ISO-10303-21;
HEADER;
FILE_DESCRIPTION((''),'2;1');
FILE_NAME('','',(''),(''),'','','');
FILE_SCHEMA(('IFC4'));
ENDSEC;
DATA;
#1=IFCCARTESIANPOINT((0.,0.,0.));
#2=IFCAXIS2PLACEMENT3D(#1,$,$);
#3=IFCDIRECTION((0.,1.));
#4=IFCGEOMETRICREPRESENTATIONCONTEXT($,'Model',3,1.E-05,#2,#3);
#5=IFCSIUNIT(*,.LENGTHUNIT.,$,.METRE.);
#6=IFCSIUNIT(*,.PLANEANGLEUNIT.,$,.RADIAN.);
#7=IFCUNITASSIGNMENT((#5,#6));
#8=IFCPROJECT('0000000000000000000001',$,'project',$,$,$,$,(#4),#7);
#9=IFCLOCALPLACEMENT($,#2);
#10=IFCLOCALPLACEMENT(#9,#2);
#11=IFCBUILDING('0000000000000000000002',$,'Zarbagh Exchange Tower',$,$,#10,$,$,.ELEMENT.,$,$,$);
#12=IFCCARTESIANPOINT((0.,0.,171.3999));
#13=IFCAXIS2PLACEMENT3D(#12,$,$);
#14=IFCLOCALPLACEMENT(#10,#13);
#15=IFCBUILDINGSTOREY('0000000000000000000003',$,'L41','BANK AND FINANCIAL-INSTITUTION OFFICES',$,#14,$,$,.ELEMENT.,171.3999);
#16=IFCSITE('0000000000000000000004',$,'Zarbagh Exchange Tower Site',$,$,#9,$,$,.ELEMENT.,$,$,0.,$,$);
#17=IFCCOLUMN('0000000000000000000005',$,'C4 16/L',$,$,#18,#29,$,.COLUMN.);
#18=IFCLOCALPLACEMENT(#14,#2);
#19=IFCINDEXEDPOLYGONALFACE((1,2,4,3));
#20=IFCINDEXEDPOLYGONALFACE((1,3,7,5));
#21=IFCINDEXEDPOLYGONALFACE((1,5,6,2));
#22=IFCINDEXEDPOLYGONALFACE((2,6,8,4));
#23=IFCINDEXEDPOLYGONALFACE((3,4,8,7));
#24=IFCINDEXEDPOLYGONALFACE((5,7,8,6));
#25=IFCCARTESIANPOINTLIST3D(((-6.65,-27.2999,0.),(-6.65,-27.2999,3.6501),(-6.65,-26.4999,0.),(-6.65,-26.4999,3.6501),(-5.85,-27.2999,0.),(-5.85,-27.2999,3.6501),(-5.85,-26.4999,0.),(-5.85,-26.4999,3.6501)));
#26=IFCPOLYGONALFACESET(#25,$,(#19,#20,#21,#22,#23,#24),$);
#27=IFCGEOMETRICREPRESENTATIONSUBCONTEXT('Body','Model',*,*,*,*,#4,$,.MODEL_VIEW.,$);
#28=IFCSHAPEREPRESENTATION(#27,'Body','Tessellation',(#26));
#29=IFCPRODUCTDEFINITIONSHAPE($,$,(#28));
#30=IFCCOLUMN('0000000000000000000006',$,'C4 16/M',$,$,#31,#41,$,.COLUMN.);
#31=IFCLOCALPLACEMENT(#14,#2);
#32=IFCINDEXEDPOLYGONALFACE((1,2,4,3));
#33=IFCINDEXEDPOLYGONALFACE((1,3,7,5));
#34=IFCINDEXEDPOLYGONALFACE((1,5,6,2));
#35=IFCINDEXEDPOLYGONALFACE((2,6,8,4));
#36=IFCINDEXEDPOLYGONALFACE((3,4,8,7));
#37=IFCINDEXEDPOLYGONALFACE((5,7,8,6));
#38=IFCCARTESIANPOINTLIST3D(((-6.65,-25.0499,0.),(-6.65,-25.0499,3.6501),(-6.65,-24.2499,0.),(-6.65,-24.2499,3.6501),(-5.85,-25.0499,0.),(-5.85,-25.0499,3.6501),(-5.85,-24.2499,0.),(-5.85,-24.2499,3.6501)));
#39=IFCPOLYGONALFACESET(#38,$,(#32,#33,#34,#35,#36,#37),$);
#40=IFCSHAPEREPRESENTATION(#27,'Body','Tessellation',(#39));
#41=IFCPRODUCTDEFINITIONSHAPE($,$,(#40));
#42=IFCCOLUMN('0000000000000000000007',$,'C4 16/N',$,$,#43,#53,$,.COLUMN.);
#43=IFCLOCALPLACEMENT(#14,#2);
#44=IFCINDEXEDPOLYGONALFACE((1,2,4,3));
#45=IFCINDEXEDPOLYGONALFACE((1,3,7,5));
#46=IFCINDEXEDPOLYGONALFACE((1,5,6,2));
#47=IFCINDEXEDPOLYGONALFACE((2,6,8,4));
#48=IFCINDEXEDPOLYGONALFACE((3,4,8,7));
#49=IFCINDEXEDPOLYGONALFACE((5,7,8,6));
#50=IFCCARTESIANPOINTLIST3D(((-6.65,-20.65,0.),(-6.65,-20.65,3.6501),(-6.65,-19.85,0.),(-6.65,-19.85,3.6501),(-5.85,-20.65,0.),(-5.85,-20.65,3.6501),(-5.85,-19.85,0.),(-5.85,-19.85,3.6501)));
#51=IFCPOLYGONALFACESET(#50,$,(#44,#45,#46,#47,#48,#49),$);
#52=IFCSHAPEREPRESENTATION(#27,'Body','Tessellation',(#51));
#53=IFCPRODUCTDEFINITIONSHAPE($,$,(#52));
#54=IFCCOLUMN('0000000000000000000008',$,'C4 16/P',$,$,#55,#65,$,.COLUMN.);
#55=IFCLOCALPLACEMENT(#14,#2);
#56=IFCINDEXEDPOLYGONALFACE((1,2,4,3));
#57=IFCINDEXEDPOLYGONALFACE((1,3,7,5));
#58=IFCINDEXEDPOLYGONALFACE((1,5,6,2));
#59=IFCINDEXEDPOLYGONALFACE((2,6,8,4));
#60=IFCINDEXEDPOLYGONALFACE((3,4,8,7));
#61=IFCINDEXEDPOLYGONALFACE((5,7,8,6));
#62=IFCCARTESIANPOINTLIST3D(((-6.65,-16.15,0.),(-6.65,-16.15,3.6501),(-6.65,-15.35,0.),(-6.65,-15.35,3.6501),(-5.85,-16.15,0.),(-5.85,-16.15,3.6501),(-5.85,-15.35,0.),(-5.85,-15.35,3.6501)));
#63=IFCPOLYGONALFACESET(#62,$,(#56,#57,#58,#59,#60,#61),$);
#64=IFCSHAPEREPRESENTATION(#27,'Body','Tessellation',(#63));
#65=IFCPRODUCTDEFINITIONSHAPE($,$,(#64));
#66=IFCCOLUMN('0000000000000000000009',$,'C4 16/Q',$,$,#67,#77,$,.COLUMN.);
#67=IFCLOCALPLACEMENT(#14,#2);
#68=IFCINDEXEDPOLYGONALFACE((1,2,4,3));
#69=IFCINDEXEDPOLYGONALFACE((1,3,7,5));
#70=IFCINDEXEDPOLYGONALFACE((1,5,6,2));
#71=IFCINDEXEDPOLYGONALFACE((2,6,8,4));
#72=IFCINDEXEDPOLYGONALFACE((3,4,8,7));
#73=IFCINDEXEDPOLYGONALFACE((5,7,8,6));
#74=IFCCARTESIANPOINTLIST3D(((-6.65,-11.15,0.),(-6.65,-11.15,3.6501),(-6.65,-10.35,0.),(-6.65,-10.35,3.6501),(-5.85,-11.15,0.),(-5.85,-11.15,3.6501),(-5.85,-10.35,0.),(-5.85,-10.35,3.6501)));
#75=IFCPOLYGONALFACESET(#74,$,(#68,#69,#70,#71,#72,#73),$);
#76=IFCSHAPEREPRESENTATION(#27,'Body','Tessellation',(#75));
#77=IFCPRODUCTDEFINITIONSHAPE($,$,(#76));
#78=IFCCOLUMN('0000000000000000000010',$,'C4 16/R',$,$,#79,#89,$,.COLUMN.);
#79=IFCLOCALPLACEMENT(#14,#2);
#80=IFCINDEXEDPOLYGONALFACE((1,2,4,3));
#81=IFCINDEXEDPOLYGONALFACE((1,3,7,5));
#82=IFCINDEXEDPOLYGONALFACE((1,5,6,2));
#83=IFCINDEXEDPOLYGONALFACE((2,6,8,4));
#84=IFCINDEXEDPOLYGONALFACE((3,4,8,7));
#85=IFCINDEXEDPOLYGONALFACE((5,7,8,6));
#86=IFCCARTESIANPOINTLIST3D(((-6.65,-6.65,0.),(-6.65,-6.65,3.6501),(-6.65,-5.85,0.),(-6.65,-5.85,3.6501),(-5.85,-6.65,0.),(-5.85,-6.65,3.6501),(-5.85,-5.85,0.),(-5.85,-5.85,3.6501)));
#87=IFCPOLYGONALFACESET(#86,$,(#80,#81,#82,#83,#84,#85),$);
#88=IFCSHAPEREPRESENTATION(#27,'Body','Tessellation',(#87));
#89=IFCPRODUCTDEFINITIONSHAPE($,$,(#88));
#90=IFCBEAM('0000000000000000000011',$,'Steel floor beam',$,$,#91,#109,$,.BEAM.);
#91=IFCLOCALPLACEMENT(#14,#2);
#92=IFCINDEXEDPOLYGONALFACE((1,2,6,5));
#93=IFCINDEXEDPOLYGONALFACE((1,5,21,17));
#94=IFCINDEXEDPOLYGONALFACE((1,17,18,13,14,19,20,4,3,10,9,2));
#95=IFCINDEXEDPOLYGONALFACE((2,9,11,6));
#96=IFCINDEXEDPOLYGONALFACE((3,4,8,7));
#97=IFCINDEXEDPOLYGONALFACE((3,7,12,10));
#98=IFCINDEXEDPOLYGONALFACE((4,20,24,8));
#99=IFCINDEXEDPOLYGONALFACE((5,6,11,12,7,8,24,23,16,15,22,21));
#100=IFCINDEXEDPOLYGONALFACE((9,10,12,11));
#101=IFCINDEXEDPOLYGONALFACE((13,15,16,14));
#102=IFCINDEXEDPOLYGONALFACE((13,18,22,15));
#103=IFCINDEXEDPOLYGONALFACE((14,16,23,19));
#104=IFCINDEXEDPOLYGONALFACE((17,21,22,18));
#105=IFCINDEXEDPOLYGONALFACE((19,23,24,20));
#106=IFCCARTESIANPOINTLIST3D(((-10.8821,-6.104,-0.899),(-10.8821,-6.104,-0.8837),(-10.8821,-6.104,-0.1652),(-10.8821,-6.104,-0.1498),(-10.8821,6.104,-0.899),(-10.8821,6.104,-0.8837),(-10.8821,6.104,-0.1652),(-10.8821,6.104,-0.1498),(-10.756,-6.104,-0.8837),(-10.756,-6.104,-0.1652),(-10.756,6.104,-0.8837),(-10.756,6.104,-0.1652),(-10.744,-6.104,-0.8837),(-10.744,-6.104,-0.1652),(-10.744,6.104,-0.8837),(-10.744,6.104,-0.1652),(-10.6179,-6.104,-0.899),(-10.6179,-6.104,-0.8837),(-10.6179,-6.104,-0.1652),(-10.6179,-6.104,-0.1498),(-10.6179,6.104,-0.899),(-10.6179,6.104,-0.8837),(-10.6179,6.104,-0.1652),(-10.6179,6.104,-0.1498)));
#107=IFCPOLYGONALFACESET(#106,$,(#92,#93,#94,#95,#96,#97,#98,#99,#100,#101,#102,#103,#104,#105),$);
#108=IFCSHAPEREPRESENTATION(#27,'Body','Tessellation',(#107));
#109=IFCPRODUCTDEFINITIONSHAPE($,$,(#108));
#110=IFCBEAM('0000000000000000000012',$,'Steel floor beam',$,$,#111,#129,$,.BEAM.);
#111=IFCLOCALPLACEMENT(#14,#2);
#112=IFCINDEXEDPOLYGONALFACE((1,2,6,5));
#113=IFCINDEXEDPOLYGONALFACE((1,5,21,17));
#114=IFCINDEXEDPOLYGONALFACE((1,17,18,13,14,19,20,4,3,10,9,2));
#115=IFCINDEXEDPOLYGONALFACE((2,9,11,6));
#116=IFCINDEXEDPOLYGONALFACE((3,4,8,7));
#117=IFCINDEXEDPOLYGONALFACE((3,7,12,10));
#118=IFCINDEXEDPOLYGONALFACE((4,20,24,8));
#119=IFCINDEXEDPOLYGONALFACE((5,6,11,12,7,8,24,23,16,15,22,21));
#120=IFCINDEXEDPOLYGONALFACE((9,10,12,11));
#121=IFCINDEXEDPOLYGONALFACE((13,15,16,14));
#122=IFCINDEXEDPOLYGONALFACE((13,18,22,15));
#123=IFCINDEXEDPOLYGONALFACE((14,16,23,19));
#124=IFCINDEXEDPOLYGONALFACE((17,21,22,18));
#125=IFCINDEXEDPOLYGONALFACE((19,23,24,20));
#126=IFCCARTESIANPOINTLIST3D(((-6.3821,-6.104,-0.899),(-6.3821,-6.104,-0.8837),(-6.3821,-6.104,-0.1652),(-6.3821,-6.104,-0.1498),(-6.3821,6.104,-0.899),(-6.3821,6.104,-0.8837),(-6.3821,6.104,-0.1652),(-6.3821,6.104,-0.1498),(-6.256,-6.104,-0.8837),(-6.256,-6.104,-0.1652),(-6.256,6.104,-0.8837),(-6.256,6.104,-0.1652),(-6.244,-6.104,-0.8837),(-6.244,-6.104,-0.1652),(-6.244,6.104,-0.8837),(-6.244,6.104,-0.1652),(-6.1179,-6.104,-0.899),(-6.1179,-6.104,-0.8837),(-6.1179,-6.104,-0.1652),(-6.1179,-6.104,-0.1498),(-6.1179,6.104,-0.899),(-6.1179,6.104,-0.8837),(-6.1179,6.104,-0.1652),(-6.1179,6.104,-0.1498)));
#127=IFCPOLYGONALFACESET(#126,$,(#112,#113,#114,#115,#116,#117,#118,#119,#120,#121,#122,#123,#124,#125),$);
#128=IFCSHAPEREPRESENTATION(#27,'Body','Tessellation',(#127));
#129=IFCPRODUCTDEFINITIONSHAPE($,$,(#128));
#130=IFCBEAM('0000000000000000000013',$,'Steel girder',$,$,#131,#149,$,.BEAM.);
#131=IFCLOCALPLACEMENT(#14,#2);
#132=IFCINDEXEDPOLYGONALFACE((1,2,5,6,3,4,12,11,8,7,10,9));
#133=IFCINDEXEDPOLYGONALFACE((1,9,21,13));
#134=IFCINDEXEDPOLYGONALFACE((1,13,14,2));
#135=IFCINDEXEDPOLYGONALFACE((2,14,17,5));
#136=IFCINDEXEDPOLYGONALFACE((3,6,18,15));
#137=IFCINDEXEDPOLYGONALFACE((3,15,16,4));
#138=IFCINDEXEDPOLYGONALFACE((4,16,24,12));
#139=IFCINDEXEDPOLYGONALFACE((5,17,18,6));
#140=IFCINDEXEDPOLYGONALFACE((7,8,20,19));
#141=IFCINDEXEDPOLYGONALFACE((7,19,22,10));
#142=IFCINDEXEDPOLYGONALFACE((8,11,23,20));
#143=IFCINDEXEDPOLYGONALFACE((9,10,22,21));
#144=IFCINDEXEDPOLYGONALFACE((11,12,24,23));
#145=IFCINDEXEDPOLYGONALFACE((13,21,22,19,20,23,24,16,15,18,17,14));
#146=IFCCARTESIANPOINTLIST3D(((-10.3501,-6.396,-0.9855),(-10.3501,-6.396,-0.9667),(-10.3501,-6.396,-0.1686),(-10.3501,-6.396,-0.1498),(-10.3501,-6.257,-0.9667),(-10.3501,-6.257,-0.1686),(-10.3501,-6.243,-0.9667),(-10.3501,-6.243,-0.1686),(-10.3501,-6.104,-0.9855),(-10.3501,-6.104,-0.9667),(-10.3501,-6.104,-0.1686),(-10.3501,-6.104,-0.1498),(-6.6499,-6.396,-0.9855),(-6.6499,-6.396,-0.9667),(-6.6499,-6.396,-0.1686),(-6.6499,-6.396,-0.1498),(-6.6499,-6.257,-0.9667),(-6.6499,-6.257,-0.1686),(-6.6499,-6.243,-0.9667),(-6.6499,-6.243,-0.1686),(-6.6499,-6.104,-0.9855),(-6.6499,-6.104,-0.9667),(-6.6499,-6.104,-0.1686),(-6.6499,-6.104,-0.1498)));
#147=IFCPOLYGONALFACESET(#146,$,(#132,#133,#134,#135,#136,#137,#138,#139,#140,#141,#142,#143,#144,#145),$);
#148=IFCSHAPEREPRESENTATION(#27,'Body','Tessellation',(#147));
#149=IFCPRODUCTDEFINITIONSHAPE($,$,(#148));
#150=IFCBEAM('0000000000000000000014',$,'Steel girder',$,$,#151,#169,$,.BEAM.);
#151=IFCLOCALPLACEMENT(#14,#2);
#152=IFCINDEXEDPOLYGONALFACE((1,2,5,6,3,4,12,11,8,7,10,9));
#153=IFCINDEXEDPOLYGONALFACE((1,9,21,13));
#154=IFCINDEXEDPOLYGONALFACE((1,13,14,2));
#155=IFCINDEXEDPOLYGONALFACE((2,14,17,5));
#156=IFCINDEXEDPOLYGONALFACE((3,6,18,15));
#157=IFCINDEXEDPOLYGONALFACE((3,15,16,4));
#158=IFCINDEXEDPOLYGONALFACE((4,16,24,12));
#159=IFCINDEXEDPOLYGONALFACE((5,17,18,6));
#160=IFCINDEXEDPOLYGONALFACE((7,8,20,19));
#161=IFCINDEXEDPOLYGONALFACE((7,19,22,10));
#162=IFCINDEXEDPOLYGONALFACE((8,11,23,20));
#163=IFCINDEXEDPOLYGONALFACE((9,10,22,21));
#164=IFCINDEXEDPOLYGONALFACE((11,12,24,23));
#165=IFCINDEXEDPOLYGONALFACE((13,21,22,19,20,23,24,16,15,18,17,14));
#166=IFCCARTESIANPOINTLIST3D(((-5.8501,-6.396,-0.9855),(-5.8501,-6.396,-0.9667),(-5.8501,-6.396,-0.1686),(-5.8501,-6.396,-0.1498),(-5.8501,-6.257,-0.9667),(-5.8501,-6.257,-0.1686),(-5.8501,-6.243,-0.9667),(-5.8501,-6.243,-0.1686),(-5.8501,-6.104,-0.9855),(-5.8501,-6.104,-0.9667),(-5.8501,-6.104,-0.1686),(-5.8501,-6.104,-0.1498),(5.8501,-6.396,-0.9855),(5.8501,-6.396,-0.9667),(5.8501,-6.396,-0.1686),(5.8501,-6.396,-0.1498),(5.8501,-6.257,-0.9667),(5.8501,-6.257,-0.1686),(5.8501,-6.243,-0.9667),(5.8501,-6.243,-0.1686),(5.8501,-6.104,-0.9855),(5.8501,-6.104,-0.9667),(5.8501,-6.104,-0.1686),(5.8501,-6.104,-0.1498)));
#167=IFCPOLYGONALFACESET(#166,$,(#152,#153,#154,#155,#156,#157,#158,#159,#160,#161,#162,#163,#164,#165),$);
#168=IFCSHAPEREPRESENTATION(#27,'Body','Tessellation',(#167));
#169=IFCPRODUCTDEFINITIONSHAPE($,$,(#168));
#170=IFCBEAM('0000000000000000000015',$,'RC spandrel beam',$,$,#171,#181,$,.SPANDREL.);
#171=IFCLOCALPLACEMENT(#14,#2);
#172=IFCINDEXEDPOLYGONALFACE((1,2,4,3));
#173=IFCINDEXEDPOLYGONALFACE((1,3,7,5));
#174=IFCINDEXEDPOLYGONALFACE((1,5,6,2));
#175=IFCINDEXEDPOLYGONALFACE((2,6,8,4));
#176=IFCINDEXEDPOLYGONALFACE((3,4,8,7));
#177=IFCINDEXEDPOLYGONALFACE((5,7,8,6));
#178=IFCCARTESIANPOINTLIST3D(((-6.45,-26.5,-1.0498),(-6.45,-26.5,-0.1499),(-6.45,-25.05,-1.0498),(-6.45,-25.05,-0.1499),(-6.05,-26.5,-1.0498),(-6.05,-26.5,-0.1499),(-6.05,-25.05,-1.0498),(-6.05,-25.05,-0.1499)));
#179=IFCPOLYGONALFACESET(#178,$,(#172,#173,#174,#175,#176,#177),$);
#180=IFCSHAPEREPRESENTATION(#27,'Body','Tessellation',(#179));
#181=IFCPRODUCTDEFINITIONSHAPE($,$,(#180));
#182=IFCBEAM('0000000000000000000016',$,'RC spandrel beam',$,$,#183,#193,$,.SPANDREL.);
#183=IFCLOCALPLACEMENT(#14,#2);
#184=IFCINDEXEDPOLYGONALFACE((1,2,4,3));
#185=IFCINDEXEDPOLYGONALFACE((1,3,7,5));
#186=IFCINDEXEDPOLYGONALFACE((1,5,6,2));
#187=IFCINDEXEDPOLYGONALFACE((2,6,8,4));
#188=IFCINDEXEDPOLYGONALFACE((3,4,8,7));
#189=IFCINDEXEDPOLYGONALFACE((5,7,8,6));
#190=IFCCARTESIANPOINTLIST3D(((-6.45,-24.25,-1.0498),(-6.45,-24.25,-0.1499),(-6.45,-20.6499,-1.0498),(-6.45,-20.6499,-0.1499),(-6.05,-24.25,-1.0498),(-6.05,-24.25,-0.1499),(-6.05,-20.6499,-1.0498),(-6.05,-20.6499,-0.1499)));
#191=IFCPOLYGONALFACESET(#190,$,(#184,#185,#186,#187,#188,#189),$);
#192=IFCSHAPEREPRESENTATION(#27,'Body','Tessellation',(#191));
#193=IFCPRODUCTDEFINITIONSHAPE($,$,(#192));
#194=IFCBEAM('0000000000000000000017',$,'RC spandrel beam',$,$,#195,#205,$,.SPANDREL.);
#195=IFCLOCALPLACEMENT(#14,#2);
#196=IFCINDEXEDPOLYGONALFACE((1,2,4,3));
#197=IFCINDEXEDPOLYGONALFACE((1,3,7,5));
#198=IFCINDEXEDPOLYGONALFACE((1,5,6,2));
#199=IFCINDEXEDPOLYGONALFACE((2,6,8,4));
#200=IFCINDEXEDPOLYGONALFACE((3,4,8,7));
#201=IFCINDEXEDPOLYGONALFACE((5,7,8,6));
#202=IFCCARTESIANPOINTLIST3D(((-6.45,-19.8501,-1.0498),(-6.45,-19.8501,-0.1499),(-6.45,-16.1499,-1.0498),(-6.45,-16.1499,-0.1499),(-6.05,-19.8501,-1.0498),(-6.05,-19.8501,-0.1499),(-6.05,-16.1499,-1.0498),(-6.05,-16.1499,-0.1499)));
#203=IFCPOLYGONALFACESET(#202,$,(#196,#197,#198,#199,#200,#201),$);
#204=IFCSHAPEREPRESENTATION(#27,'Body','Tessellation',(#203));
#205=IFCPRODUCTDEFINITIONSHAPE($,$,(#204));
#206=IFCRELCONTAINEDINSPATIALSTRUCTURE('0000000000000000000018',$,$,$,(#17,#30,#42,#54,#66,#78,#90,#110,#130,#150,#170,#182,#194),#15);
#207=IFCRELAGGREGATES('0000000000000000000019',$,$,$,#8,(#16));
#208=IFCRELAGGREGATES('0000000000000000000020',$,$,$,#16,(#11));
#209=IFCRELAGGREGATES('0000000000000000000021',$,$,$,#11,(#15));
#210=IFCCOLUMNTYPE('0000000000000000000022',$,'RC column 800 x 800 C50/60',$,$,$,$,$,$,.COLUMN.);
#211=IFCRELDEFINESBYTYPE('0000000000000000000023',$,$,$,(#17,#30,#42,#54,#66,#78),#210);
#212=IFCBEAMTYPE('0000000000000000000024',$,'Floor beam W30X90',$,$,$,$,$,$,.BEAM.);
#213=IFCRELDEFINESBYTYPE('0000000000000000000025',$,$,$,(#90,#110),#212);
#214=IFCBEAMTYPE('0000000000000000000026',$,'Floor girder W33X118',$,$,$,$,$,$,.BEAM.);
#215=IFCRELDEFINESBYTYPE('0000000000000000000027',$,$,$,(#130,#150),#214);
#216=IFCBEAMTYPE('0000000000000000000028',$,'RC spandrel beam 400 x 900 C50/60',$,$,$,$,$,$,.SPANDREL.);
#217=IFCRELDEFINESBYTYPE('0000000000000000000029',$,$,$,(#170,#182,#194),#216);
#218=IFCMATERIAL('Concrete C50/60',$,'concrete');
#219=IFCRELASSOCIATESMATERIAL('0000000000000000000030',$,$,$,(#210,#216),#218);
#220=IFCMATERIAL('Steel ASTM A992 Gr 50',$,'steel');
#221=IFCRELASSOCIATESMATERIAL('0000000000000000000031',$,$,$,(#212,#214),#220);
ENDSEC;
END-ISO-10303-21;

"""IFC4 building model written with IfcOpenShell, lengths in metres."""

from ifc_helpers import new_model, si_unit, direction, frame, origin, origin_2d, place, context, subcontext, project, spatial, rectangle, i_section, extrude, material, material_profile, profile_set, type_object, element, save


model = new_model("IFC4")

# Units and contexts
model_context = context("Model", 3, precision=1e-05, world=origin(), true_north=direction((0.0, 1.0)))
body_context = subcontext(model_context, "Body", "Model", "MODEL_VIEW")
ifc_project = project(units=[si_unit("LENGTHUNIT", "METRE"), si_unit("PLANEANGLEUNIT", "RADIAN")], contexts=[model_context])

# Site, building, storey
site_placement = place(None, origin())
site = spatial("IfcSite", under=ifc_project, at=site_placement, Name="Zarbagh Exchange Tower Site", CompositionType="ELEMENT", RefElevation=0.0)
building_placement = place(site_placement, origin())
building = spatial("IfcBuilding", under=site, at=building_placement, Name="Zarbagh Exchange Tower", CompositionType="ELEMENT")
storey_placement = place(building_placement, frame((0.0, 0.0, 171.3999)))
storey = spatial("IfcBuildingStorey", under=building, at=storey_placement, Name="L41", Description="BANK AND FINANCIAL-INSTITUTION OFFICES", CompositionType="ELEMENT", Elevation=171.3999)

# Columns
ifc_material_1 = material(Name="Concrete C50/60", Category="concrete")
ifc_material_profile_1 = material_profile(ifc_material_1, rectangle(XDim=0.8, YDim=0.8, at=origin_2d()), Name="RC column 800 x 800 C50/60")
ifc_profile_set_1 = profile_set([ifc_material_profile_1], Name="Concrete C50/60")
column_type = type_object("IfcColumnType", Name="RC column 800 x 800 C50/60", PredefinedType="COLUMN", material=ifc_profile_set_1)
for number, where, z_axis, x_axis, name in (
    (1, (-6.25, -26.8999, 0.0), (0.0, 0.0, 1.0), (1.0, 0.0, 0.0), "C4 16/L"),
    (2, (-6.25, -24.6499, 0.0), (0.0, 0.0, 1.0), (1.0, 0.0, 0.0), "C4 16/M"),
    (3, (-6.25, -20.25, 0.0), (0.0, 0.0, 1.0), (1.0, 0.0, 0.0), "C4 16/N"),
    (4, (-6.25, -15.75, 0.0), (0.0, 0.0, 1.0), (1.0, 0.0, 0.0), "C4 16/P"),
    (5, (-6.25, -10.75, 0.0), (0.0, 0.0, 1.0), (1.0, 0.0, 0.0), "C4 16/Q"),
    (6, (-6.25, -6.25, 0.0), (0.0, 0.0, 1.0), (1.0, 0.0, 0.0), "C4 16/R"),
):
    element("IfcColumn", number, at=place(storey_placement, frame(where, z_axis=z_axis, x_axis=x_axis)), inside=storey, type_object=column_type, Name=name, PredefinedType="COLUMN", context=body_context, shape_type="SweptSolid", body=[
        extrude(rectangle(XDim=0.8, YDim=0.8, at=origin_2d()), origin(), (0.0, 0.0, 1.0), 3.6501),
    ])

# Beams
ifc_material_2 = material(Name="Steel ASTM A992 Gr 50", Category="steel")
ifc_material_profile_2 = material_profile(ifc_material_2, i_section(OverallWidth=0.2642, OverallDepth=0.7493, WebThickness=0.012, FlangeThickness=0.0154, at=origin_2d()), Name="W30X90")
ifc_profile_set_2 = profile_set([ifc_material_profile_2], Name="Steel ASTM A992 Gr 50")
beam_type_1 = type_object("IfcBeamType", Name="Floor beam W30X90", PredefinedType="BEAM", material=ifc_profile_set_2)
for number, where, z_axis, x_axis, name in (
    (7, (-10.75, -6.104, -0.5244), (0.0, 1.0, 0.0), (-1.0, 0.0, 0.0), "Steel floor beam"),
    (8, (-6.25, -6.104, -0.5244), (0.0, 1.0, 0.0), (-1.0, 0.0, 0.0), "Steel floor beam"),
):
    element("IfcBeam", number, at=place(storey_placement, frame(where, z_axis=z_axis, x_axis=x_axis)), inside=storey, type_object=beam_type_1, Name=name, PredefinedType="BEAM", context=body_context, shape_type="SweptSolid", body=[
        extrude(i_section(OverallWidth=0.2642, OverallDepth=0.7493, WebThickness=0.012, FlangeThickness=0.0154, at=origin_2d()), origin(), (0.0, 0.0, 1.0), 12.208),
    ])
ifc_material_profile_3 = material_profile(ifc_material_2, i_section(OverallWidth=0.292, OverallDepth=0.8357, WebThickness=0.0139, FlangeThickness=0.0188, at=origin_2d()), Name="W33X118")
ifc_profile_set_3 = profile_set([ifc_material_profile_3], Name="Steel ASTM A992 Gr 50")
beam_type_2 = type_object("IfcBeamType", Name="Floor girder W33X118", PredefinedType="BEAM", material=ifc_profile_set_3)
beam_1_placement = place(storey_placement, frame((-10.3501, -6.25, -0.5676), z_axis=(1.0, 0.0, 0.0), x_axis=(0.0, 1.0, 0.0)))
element("IfcBeam", 9, at=beam_1_placement, inside=storey, type_object=beam_type_2, Name="Steel girder", PredefinedType="BEAM", context=body_context, shape_type="SweptSolid", body=[
    extrude(i_section(OverallWidth=0.292, OverallDepth=0.8357, WebThickness=0.0139, FlangeThickness=0.0188, at=origin_2d()), origin(), (0.0, 0.0, 1.0), 3.7002),
])
beam_2_placement = place(storey_placement, frame((-5.8501, -6.25, -0.5676), z_axis=(1.0, 0.0, 0.0), x_axis=(0.0, 1.0, 0.0)))
element("IfcBeam", 10, at=beam_2_placement, inside=storey, type_object=beam_type_2, Name="Steel girder", PredefinedType="BEAM", context=body_context, shape_type="SweptSolid", body=[
    extrude(i_section(OverallWidth=0.292, OverallDepth=0.8357, WebThickness=0.0139, FlangeThickness=0.0188, at=origin_2d()), origin(), (0.0, 0.0, 1.0), 11.7002),
])
ifc_material_profile_4 = material_profile(ifc_material_1, rectangle(XDim=0.3999, YDim=0.8999, at=origin_2d()), Name="RC spandrel beam 400 x 900 C50/60")
ifc_profile_set_4 = profile_set([ifc_material_profile_4], Name="Concrete C50/60")
beam_type_3 = type_object("IfcBeamType", Name="RC spandrel beam 400 x 900 C50/60", PredefinedType="SPANDREL", material=ifc_profile_set_4)
beam_3_placement = place(storey_placement, frame((-6.25, -26.5, -0.5999), z_axis=(0.0, 1.0, 0.0), x_axis=(-1.0, 0.0, 0.0)))
element("IfcBeam", 11, at=beam_3_placement, inside=storey, type_object=beam_type_3, Name="RC spandrel beam", PredefinedType="SPANDREL", context=body_context, shape_type="SweptSolid", body=[
    extrude(rectangle(XDim=0.3999, YDim=0.8999, at=origin_2d()), origin(), (0.0, 0.0, 1.0), 1.45),
])
beam_4_placement = place(storey_placement, frame((-6.25, -24.25, -0.5999), z_axis=(0.0, 1.0, 0.0), x_axis=(-1.0, 0.0, 0.0)))
element("IfcBeam", 12, at=beam_4_placement, inside=storey, type_object=beam_type_3, Name="RC spandrel beam", PredefinedType="SPANDREL", context=body_context, shape_type="SweptSolid", body=[
    extrude(rectangle(XDim=0.3999, YDim=0.8999, at=origin_2d()), origin(), (0.0, 0.0, 1.0), 3.6001),
])
beam_5_placement = place(storey_placement, frame((-6.25, -19.8501, -0.5999), z_axis=(0.0, 1.0, 0.0), x_axis=(-1.0, 0.0, 0.0)))
element("IfcBeam", 13, at=beam_5_placement, inside=storey, type_object=beam_type_3, Name="RC spandrel beam", PredefinedType="SPANDREL", context=body_context, shape_type="SweptSolid", body=[
    extrude(rectangle(XDim=0.3999, YDim=0.8999, at=origin_2d()), origin(), (0.0, 0.0, 1.0), 3.7002),
])

save(model, "model.ifc")
